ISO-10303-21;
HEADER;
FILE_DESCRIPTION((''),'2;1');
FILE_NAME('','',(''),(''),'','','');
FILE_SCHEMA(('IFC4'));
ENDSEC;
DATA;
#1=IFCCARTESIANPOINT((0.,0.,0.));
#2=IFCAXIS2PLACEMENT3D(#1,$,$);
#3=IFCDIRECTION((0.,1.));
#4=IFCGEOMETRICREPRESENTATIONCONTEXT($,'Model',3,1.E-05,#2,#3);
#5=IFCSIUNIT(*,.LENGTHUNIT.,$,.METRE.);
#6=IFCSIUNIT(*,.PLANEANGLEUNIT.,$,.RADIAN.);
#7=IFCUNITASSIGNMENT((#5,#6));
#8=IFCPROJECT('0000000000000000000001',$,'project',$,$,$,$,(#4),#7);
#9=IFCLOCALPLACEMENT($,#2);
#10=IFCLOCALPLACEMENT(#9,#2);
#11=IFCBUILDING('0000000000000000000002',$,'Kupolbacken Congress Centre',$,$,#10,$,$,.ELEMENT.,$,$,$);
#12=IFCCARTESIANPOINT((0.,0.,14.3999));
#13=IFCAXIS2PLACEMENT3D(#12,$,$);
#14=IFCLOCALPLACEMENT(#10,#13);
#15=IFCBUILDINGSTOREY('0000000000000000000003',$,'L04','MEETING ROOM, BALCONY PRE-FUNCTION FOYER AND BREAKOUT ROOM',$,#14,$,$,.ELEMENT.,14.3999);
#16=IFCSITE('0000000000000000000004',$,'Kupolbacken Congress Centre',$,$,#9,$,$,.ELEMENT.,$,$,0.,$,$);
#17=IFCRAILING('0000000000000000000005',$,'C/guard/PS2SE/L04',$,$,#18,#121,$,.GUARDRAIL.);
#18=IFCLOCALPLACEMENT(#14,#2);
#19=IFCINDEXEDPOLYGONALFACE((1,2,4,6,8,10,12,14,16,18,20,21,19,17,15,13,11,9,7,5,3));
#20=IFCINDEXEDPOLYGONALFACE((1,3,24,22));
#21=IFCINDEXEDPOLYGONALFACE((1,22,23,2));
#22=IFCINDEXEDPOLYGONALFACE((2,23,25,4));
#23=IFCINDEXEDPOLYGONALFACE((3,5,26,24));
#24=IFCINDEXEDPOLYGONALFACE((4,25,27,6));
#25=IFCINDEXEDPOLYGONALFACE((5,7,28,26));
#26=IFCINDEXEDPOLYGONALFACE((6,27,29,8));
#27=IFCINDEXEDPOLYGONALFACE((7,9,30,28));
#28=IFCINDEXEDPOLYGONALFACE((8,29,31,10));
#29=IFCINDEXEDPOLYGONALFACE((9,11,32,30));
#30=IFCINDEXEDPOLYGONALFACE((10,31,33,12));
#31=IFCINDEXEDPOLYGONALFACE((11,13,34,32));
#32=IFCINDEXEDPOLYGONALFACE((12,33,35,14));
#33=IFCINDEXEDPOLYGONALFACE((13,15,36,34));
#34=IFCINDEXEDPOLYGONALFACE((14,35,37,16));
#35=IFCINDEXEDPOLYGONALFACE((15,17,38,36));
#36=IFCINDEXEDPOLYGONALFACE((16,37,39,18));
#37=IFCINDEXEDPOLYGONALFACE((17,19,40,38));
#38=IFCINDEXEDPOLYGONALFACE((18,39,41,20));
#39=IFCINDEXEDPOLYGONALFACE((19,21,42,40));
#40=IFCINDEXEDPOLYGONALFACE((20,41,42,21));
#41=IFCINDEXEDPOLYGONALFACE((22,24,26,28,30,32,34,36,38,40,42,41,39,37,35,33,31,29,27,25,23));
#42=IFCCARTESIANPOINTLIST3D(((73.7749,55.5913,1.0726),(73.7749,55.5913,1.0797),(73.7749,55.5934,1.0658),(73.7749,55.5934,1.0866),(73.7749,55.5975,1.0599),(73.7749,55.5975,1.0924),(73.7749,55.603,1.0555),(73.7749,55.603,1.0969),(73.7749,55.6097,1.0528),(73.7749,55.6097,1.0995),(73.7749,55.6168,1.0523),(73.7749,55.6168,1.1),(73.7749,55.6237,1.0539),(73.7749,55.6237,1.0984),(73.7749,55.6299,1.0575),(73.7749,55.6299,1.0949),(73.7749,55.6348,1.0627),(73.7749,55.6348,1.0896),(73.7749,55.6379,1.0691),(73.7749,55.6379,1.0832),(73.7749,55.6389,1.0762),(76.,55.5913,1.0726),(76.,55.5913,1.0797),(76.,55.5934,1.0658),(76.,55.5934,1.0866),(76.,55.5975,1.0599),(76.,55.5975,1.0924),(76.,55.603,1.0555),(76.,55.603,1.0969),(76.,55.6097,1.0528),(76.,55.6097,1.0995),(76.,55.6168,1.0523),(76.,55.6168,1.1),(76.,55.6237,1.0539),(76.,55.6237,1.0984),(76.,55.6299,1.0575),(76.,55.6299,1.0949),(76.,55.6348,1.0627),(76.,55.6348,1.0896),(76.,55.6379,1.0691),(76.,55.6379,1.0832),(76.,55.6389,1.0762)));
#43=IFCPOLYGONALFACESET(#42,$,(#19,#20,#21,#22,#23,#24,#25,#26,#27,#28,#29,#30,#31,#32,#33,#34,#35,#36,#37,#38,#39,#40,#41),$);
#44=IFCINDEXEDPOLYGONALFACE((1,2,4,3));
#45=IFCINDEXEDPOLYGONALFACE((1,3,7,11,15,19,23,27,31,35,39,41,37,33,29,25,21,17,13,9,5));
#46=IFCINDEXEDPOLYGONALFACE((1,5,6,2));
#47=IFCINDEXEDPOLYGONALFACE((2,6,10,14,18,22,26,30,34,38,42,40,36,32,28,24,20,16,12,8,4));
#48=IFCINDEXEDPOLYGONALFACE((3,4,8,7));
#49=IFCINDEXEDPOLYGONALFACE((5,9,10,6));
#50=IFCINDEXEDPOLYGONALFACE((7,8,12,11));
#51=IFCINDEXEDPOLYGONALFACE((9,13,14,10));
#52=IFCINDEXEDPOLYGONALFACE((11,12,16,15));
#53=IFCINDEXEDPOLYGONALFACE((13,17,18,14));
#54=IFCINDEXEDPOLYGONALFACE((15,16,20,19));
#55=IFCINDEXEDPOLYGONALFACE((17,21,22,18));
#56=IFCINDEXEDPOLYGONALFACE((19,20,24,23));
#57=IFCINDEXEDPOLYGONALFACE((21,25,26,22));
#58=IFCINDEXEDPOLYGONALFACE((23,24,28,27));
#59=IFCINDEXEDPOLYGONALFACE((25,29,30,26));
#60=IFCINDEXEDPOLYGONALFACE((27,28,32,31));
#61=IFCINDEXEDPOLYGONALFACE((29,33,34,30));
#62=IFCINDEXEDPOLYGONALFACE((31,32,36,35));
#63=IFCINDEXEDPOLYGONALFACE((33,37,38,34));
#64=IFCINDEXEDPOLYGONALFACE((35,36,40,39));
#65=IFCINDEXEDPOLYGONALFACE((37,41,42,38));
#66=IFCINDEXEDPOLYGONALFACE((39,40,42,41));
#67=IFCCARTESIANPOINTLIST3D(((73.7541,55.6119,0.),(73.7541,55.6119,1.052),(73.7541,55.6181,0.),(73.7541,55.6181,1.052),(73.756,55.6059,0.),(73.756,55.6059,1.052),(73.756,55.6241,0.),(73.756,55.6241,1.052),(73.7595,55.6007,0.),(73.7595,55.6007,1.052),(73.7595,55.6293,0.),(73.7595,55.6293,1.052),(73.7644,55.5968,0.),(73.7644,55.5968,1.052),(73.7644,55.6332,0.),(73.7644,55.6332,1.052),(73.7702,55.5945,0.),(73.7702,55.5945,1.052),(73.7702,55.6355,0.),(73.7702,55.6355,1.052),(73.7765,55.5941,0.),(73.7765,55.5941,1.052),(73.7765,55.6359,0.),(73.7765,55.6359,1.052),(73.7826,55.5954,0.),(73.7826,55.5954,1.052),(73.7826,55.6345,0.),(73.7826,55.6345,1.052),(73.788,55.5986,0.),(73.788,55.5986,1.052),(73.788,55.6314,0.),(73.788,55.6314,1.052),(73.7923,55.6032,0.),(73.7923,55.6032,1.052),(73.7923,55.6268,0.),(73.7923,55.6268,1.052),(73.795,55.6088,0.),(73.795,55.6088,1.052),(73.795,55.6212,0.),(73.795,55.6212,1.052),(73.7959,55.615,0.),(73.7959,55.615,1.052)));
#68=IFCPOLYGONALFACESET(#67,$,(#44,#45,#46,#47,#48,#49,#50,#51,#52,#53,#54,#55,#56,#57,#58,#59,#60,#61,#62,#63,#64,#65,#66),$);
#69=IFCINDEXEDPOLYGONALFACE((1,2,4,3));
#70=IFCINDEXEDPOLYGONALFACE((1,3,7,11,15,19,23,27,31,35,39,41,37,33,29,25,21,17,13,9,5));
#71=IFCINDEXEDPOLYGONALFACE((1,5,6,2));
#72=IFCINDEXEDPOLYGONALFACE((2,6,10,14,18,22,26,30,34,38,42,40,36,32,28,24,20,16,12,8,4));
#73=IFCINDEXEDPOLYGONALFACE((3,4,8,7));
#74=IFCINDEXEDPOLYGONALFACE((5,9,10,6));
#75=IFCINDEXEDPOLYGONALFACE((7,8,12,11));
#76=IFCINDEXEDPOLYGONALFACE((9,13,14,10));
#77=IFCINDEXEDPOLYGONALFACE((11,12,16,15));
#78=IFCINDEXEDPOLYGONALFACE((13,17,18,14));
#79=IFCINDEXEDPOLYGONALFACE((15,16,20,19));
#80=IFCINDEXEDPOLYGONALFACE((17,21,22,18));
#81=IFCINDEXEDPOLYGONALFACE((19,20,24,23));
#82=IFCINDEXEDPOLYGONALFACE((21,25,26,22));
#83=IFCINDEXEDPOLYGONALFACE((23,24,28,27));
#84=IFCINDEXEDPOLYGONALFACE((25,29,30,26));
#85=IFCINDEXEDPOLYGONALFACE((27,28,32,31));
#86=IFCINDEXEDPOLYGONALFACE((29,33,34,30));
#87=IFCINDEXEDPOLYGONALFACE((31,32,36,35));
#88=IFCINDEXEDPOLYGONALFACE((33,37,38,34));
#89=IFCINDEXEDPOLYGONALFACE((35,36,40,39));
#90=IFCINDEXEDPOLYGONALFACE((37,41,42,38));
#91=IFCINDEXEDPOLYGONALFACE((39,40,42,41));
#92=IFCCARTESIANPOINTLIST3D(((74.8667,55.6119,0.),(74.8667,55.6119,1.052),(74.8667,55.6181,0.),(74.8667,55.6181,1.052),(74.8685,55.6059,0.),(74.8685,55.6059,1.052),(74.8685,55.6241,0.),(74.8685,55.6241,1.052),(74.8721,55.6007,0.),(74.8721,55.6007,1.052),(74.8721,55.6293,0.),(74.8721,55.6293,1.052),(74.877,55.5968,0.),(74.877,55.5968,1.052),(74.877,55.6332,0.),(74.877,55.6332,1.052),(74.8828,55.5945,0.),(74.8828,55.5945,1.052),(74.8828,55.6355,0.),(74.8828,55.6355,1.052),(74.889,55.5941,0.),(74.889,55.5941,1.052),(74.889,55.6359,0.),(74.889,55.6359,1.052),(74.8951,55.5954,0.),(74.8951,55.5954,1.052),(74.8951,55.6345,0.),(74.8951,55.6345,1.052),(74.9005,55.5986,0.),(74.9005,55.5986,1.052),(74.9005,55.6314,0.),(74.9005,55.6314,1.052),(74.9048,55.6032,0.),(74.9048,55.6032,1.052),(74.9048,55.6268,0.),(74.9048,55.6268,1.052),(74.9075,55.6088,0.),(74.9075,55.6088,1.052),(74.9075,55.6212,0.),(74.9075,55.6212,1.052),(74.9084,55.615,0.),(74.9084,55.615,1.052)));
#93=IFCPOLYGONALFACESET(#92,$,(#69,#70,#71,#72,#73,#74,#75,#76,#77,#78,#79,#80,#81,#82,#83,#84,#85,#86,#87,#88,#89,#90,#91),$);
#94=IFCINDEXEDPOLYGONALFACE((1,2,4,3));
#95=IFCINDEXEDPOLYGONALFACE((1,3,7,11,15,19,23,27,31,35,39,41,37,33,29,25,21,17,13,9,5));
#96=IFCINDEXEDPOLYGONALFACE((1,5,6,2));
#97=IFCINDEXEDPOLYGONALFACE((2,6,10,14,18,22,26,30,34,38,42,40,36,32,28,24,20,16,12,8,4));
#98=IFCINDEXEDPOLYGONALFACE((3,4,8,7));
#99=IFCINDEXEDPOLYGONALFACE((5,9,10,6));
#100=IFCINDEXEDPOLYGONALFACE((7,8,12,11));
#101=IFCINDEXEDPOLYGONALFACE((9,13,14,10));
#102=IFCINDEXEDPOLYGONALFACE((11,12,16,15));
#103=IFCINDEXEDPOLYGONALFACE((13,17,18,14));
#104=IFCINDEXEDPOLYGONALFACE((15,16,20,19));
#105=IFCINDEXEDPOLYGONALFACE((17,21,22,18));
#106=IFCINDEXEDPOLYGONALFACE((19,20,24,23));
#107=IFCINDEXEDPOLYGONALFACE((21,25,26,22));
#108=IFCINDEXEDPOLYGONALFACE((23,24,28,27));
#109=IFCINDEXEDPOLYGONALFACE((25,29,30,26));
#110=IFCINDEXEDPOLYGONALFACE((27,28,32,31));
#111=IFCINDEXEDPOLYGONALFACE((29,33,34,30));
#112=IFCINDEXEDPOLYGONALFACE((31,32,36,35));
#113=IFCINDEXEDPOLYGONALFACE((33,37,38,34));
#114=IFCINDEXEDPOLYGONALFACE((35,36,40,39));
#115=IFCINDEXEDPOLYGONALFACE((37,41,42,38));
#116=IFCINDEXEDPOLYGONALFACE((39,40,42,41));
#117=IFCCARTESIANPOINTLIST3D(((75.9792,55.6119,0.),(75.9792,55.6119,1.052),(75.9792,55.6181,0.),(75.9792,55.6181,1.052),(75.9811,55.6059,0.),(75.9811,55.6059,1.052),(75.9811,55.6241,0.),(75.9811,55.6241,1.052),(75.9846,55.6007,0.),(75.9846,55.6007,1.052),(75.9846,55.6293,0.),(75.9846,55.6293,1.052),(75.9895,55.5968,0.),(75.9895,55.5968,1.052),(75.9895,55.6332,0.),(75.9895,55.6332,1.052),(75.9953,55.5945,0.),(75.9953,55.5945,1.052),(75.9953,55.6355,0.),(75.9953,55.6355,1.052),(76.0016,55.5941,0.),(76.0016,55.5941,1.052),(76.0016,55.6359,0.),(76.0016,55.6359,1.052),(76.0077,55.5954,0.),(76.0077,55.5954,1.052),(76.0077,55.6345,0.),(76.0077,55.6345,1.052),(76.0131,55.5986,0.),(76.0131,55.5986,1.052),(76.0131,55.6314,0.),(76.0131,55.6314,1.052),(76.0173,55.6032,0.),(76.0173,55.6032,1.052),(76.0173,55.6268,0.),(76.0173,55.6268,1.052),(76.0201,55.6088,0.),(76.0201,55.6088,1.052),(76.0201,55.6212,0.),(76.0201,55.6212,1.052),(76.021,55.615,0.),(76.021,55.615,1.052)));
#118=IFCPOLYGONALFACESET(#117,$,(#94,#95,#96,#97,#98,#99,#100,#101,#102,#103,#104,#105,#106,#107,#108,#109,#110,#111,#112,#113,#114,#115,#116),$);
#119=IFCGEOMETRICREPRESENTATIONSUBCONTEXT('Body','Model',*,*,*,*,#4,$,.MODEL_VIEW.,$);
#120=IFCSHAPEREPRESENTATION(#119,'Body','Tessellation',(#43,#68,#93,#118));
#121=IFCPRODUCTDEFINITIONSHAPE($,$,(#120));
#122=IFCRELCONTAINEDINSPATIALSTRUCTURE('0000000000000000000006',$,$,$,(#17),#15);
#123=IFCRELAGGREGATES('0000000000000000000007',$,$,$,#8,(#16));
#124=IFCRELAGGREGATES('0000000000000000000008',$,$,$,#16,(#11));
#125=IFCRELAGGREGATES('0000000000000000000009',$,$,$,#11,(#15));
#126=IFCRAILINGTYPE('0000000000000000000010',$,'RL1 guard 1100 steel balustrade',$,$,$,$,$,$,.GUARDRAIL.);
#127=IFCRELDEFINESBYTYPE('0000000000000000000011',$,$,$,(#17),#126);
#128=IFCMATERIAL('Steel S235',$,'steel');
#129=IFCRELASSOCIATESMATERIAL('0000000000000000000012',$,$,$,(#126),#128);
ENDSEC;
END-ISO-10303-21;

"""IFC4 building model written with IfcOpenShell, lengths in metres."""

from ifc_helpers import new_model, si_unit, direction, frame, origin, origin_2d, place, context, subcontext, project, spatial, circle, extrude, material, type_object, element, save


model = new_model("IFC4")

# Units and contexts
model_context = context("Model", 3, precision=1e-05, world=origin(), true_north=direction((0.0, 1.0)))
body_context = subcontext(model_context, "Body", "Model", "MODEL_VIEW")
ifc_project = project(units=[si_unit("LENGTHUNIT", "METRE"), si_unit("PLANEANGLEUNIT", "RADIAN")], contexts=[model_context])

# Site, building, storey
site_placement = place(None, origin())
site = spatial("IfcSite", under=ifc_project, at=site_placement, Name="Kupolbacken Congress Centre", CompositionType="ELEMENT", RefElevation=0.0)
building_placement = place(site_placement, origin())
building = spatial("IfcBuilding", under=site, at=building_placement, Name="Kupolbacken Congress Centre", CompositionType="ELEMENT")
storey_placement = place(building_placement, frame((0.0, 0.0, 14.3999)))
storey = spatial("IfcBuildingStorey", under=building, at=storey_placement, Name="L04", Description="MEETING ROOM, BALCONY PRE-FUNCTION FOYER AND BREAKOUT ROOM", CompositionType="ELEMENT", Elevation=14.3999)

# Railing
ifc_material_1 = material(Name="Steel S235", Category="steel")
railing_type = type_object("IfcRailingType", Name="RL1 guard 1100 steel balustrade", PredefinedType="GUARDRAIL", material=ifc_material_1)
railing_1_placement = place(storey_placement, frame((73.7749, 55.615, 0.0)))
element("IfcRailing", 1, at=railing_1_placement, inside=storey, type_object=railing_type, Name="C/guard/PS2SE/L04", PredefinedType="GUARDRAIL", context=body_context, shape_type="SweptSolid", body=[
    extrude(circle(Radius=0.0239, at=origin_2d()), frame((0.0, 0.0, 1.0762), z_axis=(1.0, 0.0, 0.0), x_axis=(0.0, 1.0, 0.0)), (0.0, 0.0, 1.0), 2.2251),
    extrude(circle(Radius=0.021, at=origin_2d()), origin(), (0.0, 0.0, 1.0), 1.052),
    extrude(circle(Radius=0.021, at=origin_2d()), frame((1.1125, 0.0, 0.0)), (0.0, 0.0, 1.0), 1.052),
    extrude(circle(Radius=0.021, at=origin_2d()), frame((2.2251, 0.0, 0.0)), (0.0, 0.0, 1.0), 1.052),
])

save(model, "model.ifc")
